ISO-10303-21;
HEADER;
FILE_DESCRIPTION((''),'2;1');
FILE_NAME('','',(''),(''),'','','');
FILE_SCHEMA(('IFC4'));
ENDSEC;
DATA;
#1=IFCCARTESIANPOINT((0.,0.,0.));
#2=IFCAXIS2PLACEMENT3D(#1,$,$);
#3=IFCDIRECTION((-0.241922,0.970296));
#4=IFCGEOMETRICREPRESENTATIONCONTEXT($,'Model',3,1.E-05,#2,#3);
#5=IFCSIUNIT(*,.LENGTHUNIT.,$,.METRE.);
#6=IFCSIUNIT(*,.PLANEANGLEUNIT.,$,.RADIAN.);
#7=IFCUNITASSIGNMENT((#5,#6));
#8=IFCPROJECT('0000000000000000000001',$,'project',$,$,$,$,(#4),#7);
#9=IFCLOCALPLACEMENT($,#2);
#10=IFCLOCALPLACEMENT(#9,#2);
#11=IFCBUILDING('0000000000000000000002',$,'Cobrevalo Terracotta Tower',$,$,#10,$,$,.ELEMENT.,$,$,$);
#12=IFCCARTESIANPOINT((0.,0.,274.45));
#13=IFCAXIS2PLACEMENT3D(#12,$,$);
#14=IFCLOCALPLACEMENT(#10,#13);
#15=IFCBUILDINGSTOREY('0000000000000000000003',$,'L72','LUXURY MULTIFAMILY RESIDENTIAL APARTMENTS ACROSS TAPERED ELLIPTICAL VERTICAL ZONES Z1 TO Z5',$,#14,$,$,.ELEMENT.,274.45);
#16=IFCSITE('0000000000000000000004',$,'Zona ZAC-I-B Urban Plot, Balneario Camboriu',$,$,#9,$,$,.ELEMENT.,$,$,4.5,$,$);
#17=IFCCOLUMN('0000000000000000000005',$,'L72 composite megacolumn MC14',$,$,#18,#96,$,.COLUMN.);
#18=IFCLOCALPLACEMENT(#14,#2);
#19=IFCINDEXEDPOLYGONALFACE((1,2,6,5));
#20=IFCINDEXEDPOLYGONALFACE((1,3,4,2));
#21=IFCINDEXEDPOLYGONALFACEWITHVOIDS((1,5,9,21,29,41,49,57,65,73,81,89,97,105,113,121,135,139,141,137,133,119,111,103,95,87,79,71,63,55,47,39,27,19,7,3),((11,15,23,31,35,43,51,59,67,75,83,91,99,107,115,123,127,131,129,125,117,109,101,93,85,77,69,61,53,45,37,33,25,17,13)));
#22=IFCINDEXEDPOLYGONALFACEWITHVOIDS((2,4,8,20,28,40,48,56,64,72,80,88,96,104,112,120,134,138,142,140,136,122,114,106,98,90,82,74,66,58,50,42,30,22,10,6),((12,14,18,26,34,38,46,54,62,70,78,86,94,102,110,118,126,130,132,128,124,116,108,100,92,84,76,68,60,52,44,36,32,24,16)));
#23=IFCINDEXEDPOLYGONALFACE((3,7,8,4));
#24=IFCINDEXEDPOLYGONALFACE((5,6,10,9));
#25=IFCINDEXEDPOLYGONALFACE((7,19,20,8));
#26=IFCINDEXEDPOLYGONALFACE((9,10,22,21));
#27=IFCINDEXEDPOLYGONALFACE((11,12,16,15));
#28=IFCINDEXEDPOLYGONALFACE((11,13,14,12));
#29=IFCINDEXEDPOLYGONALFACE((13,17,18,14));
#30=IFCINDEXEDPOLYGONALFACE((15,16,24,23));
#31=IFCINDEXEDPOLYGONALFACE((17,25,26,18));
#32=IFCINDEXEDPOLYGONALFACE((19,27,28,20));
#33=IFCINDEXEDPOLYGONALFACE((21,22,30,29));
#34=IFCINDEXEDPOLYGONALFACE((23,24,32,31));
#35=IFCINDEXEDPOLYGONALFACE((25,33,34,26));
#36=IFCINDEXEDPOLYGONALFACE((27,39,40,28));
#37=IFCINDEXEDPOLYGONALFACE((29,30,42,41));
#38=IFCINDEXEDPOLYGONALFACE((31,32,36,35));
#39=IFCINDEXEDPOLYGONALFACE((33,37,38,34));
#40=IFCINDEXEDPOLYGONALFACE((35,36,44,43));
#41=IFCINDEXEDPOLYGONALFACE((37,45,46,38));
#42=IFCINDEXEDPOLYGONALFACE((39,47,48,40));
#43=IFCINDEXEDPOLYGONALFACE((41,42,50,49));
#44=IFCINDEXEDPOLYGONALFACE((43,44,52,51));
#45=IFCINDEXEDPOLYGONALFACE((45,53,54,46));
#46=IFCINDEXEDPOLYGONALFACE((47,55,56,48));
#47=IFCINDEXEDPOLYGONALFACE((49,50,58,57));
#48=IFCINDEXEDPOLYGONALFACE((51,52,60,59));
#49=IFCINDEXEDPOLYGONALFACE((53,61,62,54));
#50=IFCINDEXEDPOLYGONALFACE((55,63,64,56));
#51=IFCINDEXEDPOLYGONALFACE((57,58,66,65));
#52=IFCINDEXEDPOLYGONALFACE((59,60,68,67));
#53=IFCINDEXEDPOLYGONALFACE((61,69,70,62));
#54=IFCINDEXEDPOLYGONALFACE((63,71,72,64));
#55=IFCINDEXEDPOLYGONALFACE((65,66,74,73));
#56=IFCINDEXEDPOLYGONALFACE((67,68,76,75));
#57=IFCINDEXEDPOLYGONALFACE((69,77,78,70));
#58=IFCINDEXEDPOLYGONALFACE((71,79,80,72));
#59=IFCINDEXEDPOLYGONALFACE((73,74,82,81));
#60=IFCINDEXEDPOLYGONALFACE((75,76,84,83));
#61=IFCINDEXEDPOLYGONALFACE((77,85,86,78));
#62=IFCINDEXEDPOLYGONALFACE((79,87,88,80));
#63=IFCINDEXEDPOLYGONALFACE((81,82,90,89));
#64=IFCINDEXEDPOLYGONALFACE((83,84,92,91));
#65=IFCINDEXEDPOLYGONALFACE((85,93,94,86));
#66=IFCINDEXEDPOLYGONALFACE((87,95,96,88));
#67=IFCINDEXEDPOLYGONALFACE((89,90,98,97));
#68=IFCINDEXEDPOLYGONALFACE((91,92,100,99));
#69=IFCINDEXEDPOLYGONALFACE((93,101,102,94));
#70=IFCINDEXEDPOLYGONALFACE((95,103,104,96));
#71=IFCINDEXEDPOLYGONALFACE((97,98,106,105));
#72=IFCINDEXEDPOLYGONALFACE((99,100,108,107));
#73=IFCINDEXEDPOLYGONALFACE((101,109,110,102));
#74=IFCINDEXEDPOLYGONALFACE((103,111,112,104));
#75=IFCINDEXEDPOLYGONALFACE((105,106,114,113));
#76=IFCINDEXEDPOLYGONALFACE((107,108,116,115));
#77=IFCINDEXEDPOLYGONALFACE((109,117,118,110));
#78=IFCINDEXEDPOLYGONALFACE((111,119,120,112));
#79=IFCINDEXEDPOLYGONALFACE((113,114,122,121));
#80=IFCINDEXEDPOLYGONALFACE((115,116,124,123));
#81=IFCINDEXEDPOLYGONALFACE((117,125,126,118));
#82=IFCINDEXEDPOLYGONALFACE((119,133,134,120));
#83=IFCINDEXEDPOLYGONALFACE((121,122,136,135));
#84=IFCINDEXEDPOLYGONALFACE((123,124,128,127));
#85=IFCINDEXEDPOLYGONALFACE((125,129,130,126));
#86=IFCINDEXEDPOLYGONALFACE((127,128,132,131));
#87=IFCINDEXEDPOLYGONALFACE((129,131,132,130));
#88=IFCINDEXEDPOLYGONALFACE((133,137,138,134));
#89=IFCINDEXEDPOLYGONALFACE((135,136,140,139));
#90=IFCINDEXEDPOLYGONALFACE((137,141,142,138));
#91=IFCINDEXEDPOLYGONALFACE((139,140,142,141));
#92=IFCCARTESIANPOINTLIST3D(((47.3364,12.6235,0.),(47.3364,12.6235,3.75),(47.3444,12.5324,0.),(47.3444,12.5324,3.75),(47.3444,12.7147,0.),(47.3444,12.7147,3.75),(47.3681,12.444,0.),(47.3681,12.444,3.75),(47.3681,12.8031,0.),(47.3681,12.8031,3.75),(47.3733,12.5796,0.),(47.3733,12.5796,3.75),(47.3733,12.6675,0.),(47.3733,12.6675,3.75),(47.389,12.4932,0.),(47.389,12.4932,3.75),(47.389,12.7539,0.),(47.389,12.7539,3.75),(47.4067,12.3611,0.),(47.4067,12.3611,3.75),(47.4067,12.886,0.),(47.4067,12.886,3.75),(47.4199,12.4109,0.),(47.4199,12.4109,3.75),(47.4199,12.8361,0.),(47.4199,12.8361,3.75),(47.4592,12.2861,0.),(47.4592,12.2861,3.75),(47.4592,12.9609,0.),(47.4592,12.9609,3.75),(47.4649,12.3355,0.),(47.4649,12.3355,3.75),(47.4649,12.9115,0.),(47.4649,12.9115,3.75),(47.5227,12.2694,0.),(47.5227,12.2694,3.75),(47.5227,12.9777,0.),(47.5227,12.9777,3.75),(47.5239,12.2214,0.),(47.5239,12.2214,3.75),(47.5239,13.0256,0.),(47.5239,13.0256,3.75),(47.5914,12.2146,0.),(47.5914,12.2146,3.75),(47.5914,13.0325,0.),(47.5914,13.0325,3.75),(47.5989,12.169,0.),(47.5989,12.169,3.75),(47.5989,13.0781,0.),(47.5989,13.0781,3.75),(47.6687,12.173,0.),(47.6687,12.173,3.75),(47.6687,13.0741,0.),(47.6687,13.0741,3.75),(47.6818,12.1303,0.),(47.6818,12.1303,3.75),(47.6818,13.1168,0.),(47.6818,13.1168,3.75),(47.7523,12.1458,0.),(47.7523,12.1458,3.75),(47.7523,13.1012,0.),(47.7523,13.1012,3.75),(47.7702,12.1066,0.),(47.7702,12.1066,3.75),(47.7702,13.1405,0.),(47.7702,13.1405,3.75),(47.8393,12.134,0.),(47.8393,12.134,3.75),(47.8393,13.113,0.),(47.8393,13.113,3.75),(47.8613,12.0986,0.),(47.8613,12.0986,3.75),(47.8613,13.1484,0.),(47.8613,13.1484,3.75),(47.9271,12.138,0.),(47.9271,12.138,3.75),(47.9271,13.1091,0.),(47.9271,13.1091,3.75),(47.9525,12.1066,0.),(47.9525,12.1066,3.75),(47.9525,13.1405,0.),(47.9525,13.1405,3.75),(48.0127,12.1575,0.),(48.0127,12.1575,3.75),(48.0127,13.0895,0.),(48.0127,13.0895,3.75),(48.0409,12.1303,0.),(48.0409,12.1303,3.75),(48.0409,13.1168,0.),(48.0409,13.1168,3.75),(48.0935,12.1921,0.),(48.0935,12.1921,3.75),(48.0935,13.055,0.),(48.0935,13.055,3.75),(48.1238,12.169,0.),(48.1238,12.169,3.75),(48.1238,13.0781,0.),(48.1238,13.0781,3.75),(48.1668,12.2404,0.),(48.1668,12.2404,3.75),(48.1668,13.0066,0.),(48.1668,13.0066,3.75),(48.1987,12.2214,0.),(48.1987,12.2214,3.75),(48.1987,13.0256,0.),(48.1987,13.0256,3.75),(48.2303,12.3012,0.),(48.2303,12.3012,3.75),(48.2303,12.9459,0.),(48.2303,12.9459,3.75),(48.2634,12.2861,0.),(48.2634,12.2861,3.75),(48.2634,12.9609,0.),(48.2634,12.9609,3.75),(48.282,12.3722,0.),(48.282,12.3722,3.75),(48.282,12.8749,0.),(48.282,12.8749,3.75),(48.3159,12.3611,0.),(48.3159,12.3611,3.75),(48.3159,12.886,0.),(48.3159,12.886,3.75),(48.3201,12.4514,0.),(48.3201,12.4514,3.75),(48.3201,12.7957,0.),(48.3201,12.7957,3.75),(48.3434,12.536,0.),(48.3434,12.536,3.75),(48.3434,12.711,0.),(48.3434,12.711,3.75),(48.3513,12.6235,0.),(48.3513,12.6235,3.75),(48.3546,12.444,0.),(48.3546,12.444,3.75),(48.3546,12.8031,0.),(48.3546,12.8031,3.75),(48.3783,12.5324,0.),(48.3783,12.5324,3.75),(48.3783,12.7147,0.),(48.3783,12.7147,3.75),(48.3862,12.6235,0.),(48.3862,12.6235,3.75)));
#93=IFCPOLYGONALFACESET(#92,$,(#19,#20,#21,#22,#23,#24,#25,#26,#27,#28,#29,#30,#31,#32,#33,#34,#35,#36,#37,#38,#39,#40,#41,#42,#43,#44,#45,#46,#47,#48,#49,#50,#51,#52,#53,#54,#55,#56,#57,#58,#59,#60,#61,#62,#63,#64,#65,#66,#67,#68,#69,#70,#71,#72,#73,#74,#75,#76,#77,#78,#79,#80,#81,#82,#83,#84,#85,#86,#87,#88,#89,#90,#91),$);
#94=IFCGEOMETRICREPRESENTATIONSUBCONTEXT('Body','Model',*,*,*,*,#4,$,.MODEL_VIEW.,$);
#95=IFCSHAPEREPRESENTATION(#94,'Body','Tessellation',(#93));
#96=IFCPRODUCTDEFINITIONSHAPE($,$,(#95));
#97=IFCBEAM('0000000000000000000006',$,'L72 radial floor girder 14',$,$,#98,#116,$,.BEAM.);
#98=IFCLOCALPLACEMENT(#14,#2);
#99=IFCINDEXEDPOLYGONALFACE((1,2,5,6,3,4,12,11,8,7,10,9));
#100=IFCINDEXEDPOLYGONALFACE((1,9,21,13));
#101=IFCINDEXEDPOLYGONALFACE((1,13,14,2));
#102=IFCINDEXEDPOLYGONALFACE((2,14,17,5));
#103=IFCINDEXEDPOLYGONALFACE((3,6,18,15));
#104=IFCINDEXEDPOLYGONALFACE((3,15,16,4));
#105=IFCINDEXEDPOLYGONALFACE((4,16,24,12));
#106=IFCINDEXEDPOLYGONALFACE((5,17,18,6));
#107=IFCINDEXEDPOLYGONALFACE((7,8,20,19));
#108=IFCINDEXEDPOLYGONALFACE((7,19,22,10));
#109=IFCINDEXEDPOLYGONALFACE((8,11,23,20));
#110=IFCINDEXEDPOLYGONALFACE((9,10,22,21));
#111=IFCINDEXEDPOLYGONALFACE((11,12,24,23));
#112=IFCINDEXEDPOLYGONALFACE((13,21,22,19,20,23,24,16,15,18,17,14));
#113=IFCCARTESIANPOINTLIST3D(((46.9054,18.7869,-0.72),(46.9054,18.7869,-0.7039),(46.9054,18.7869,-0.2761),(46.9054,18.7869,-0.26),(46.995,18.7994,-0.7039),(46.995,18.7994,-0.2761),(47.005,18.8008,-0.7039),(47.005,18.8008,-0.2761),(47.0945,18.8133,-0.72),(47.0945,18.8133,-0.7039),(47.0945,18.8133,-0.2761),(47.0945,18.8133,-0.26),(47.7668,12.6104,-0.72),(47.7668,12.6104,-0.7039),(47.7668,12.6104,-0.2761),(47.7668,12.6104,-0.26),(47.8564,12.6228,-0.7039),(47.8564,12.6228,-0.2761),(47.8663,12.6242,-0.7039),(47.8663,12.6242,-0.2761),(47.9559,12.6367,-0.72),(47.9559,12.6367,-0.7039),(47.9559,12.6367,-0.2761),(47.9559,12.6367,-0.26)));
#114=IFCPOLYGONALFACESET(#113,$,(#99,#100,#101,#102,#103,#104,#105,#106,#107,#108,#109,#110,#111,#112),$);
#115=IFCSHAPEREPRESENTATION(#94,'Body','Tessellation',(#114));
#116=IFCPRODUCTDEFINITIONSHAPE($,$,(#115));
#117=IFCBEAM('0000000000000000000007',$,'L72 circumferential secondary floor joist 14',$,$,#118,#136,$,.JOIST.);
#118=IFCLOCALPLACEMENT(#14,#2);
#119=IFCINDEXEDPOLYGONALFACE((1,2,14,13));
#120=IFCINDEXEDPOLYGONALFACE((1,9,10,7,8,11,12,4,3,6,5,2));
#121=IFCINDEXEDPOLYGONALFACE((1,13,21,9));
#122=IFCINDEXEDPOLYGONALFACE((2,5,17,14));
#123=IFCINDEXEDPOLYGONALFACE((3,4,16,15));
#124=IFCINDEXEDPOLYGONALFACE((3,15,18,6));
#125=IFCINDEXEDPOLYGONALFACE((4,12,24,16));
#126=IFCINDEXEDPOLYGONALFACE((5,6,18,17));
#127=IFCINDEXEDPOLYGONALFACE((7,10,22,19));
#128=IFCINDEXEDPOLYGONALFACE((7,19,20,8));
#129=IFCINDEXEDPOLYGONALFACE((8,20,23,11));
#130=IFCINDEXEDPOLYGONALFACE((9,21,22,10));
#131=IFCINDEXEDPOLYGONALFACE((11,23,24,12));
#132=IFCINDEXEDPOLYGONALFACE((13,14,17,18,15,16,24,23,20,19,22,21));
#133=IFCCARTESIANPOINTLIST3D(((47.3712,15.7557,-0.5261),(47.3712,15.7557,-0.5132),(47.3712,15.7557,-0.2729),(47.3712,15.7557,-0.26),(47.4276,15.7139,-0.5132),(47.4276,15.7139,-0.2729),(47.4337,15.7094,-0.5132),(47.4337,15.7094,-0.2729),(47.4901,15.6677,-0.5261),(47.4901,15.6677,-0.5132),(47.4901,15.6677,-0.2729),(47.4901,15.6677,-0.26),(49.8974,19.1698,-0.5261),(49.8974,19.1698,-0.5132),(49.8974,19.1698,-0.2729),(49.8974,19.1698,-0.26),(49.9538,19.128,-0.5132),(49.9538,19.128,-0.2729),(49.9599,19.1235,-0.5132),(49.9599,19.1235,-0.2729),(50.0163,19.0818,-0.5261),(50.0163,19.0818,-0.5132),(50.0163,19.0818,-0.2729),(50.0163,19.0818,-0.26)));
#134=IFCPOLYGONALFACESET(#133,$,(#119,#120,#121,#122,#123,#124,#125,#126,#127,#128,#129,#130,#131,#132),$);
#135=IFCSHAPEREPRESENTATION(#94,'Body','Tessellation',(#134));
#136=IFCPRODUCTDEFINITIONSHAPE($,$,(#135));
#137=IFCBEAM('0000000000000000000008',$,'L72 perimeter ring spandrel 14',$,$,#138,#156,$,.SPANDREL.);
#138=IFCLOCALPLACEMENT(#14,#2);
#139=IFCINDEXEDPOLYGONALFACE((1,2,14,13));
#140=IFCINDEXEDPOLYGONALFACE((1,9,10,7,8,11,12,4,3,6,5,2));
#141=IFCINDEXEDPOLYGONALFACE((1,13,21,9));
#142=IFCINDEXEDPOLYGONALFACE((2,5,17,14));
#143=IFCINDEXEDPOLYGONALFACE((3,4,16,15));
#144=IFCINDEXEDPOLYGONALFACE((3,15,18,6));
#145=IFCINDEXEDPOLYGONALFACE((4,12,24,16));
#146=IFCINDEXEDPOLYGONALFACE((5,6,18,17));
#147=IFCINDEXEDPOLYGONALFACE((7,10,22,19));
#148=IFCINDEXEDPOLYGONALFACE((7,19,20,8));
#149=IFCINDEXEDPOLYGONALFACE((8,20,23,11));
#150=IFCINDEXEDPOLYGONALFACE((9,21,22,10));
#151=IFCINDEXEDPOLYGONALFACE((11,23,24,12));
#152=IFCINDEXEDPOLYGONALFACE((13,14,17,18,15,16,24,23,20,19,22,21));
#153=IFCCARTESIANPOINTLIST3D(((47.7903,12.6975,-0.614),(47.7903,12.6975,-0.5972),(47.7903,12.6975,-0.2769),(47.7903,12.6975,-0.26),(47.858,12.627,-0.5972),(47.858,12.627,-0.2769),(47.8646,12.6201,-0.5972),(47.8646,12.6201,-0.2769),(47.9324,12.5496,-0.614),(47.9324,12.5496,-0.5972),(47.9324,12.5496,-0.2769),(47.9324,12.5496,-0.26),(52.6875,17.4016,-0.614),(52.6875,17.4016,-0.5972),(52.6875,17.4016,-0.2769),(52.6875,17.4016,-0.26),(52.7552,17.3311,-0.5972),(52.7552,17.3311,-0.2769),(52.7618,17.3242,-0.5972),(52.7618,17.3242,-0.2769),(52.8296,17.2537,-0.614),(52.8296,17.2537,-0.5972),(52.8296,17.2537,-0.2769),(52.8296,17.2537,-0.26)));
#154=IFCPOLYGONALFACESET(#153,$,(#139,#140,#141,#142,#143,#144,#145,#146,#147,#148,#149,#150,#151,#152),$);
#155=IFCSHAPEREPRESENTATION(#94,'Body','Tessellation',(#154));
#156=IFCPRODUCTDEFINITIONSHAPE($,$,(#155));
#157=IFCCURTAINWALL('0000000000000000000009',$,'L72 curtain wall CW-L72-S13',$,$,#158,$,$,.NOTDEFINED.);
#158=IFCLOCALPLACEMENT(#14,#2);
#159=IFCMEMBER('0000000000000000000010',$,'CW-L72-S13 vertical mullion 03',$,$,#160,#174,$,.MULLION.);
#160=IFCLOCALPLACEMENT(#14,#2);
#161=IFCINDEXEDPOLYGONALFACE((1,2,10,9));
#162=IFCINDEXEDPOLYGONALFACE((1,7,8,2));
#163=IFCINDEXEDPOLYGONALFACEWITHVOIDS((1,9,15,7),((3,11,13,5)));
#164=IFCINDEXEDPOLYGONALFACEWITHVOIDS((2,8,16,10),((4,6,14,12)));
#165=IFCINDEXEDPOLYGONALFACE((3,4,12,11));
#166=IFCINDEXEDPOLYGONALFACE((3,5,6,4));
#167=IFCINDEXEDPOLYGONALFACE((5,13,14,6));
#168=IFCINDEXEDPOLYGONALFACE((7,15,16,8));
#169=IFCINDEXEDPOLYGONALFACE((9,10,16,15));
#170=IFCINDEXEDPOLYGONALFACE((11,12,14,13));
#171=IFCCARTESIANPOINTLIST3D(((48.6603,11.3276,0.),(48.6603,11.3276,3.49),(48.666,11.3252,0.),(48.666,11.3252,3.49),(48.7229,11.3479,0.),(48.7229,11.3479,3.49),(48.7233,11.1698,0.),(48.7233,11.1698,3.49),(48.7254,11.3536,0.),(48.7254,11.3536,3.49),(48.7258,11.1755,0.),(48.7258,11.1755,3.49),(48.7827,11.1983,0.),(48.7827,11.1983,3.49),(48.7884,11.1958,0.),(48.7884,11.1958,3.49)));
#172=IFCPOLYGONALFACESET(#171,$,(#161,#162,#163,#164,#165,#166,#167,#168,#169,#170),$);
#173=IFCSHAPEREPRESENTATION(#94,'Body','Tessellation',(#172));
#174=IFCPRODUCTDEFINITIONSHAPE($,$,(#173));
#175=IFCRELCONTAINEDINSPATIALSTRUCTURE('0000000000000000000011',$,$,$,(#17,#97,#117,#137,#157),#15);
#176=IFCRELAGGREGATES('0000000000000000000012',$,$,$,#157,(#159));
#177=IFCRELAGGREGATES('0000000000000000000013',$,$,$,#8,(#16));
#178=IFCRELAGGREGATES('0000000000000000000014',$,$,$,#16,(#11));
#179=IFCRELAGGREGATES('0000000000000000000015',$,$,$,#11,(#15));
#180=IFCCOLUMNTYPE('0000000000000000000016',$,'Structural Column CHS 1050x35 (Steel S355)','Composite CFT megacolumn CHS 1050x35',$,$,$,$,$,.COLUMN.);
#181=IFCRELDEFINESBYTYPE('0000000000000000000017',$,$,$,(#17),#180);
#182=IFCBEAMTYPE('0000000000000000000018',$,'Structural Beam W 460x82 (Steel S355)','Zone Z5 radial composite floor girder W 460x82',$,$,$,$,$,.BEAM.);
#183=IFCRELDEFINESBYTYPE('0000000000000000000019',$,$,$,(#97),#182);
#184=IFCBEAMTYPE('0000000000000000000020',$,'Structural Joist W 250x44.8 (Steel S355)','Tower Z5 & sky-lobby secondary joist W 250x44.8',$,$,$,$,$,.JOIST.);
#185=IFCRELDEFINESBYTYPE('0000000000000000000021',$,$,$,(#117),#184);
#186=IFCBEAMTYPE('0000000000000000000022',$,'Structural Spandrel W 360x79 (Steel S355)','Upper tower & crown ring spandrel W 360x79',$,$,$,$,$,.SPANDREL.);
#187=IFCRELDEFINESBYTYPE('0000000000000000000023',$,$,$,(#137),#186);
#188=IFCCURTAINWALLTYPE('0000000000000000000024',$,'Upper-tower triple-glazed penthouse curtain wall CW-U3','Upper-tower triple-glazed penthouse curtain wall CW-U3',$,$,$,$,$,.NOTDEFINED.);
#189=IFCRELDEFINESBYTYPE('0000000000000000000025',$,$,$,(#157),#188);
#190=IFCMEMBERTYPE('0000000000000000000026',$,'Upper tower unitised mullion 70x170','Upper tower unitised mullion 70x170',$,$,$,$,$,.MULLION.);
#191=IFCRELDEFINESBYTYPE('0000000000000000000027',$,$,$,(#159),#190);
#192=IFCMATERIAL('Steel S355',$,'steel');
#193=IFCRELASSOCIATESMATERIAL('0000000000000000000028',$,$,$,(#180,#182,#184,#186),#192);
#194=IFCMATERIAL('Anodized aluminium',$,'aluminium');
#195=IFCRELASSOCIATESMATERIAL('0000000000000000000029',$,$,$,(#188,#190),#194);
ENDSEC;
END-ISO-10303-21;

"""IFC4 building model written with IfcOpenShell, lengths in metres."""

from ifc_helpers import new_model, si_unit, direction, frame, origin, origin_2d, place, context, subcontext, project, spatial, hollow_rectangle, hollow_circle, i_section, extrude, source, transform, mapped, material, material_profile, profile_set, type_object, element, aggregate, save


model = new_model("IFC4")

# Units and contexts
model_context = context("Model", 3, precision=1e-05, world=origin(), true_north=direction((-0.241922, 0.970296)))
body_context = subcontext(model_context, "Body", "Model", "MODEL_VIEW")
ifc_project = project(units=[si_unit("LENGTHUNIT", "METRE"), si_unit("PLANEANGLEUNIT", "RADIAN")], contexts=[model_context])

# Site, building, storey
site_placement = place(None, origin())
site = spatial("IfcSite", under=ifc_project, at=site_placement, Name="Zona ZAC-I-B Urban Plot, Balneario Camboriu", CompositionType="ELEMENT", RefElevation=4.5)
building_placement = place(site_placement, origin())
building = spatial("IfcBuilding", under=site, at=building_placement, Name="Cobrevalo Terracotta Tower", CompositionType="ELEMENT")
storey_placement = place(building_placement, frame((0.0, 0.0, 274.45)))
storey = spatial("IfcBuildingStorey", under=building, at=storey_placement, Name="L72", Description="LUXURY MULTIFAMILY RESIDENTIAL APARTMENTS ACROSS TAPERED ELLIPTICAL VERTICAL ZONES Z1 TO Z5", CompositionType="ELEMENT", Elevation=274.45)

# Column
ifc_material_1 = material(Name="Steel S355", Category="steel")
ifc_material_profile_1 = material_profile(ifc_material_1, hollow_circle(Radius=0.5249, WallThickness=0.0349, at=origin_2d()), Name="CHS 1050x35")
ifc_profile_set_1 = profile_set([ifc_material_profile_1], Name="Steel S355")
column_type = type_object("IfcColumnType", Name="Structural Column CHS 1050x35 (Steel S355)", Description="Composite CFT megacolumn CHS 1050x35", PredefinedType="COLUMN", material=ifc_profile_set_1)
column_placement = place(storey_placement, frame((47.8613, 12.6235, 0.0), z_axis=(0.0, 0.0, 1.0), x_axis=(1.0, 0.0, 0.0)))
element("IfcColumn", 1, at=column_placement, inside=storey, type_object=column_type, Name="L72 composite megacolumn MC14", PredefinedType="COLUMN", context=body_context, shape_type="SweptSolid", body=[
    extrude(hollow_circle(Radius=0.5249, WallThickness=0.0349, at=origin_2d()), origin(), (0.0, 0.0, 1.0), 3.75),
])

# Beams
ifc_material_profile_2 = material_profile(ifc_material_1, i_section(OverallWidth=0.1909, OverallDepth=0.46, WebThickness=0.01, FlangeThickness=0.0161, at=origin_2d()), Name="W 460x82")
ifc_profile_set_2 = profile_set([ifc_material_profile_2], Name="Steel S355")
beam_type_1 = type_object("IfcBeamType", Name="Structural Beam W 460x82 (Steel S355)", Description="Zone Z5 radial composite floor girder W 460x82", PredefinedType="BEAM", material=ifc_profile_set_2)
beam_1_placement = place(storey_placement, frame((47.8613, 12.6235, -0.49), z_axis=(-0.138116, 0.990416, 0.0), x_axis=(-0.990416, -0.138116, 0.0)))
element("IfcBeam", 2, at=beam_1_placement, inside=storey, type_object=beam_type_1, Name="L72 radial floor girder 14", PredefinedType="BEAM", context=body_context, shape_type="SweptSolid", body=[
    extrude(i_section(OverallWidth=0.1909, OverallDepth=0.46, WebThickness=0.01, FlangeThickness=0.0161, at=origin_2d()), origin(), (0.0, 0.0, 1.0), 6.2363),
])
ifc_material_profile_3 = material_profile(ifc_material_1, i_section(OverallWidth=0.1479, OverallDepth=0.2661, WebThickness=0.0076, FlangeThickness=0.0129, at=origin_2d()), Name="W 250x44.8")
ifc_profile_set_3 = profile_set([ifc_material_profile_3], Name="Steel S355")
beam_type_2 = type_object("IfcBeamType", Name="Structural Joist W 250x44.8 (Steel S355)", Description="Tower Z5 & sky-lobby secondary joist W 250x44.8", PredefinedType="JOIST", material=ifc_profile_set_3)
beam_2_placement = place(storey_placement, frame((47.4307, 15.7117, -0.3931), z_axis=(0.5948, 0.803874, 0.0), x_axis=(-0.803874, 0.5948, 0.0)))
element("IfcBeam", 3, at=beam_2_placement, inside=storey, type_object=beam_type_2, Name="L72 circumferential secondary floor joist 14", PredefinedType="JOIST", context=body_context, shape_type="SweptSolid", body=[
    extrude(i_section(OverallWidth=0.1479, OverallDepth=0.2661, WebThickness=0.0076, FlangeThickness=0.0129, at=origin_2d()), origin(), (0.0, 0.0, 1.0), 4.2471),
])
ifc_material_profile_4 = material_profile(ifc_material_1, i_section(OverallWidth=0.2051, OverallDepth=0.354, WebThickness=0.0095, FlangeThickness=0.0168, at=origin_2d()), Name="W 360x79")
ifc_profile_set_4 = profile_set([ifc_material_profile_4], Name="Steel S355")
beam_type_3 = type_object("IfcBeamType", Name="Structural Spandrel W 360x79 (Steel S355)", Description="Upper tower & crown ring spandrel W 360x79", PredefinedType="SPANDREL", material=ifc_profile_set_4)
beam_3_placement = place(storey_placement, frame((47.8613, 12.6235, -0.437), z_axis=(0.721183, 0.692744, 0.0), x_axis=(-0.692744, 0.721183, 0.0)))
element("IfcBeam", 4, at=beam_3_placement, inside=storey, type_object=beam_type_3, Name="L72 perimeter ring spandrel 14", PredefinedType="SPANDREL", context=body_context, shape_type="SweptSolid", body=[
    extrude(i_section(OverallWidth=0.2051, OverallDepth=0.354, WebThickness=0.0095, FlangeThickness=0.0168, at=origin_2d()), origin(), (0.0, 0.0, 1.0), 6.7905),
])

# Curtain wall, member
ifc_material_2 = material(Name="Anodized aluminium", Category="aluminium")
curtain_wall_type = type_object("IfcCurtainWallType", Name="Upper-tower triple-glazed penthouse curtain wall CW-U3", Description="Upper-tower triple-glazed penthouse curtain wall CW-U3", PredefinedType="NOTDEFINED", material=ifc_material_2)
curtain_wall_1_placement = place(storey_placement, origin())
curtain_wall_1 = element("IfcCurtainWall", 5, at=curtain_wall_1_placement, inside=storey, type_object=curtain_wall_type, Name="L72 curtain wall CW-L72-S13", PredefinedType="NOTDEFINED")
ifc_material_profile_5 = material_profile(ifc_material_2, hollow_rectangle(XDim=0.0701, YDim=0.1699, WallThickness=0.0044, at=origin_2d()), Name="CWM 70x170")
ifc_profile_set_5 = profile_set([ifc_material_profile_5], Name="Anodized aluminium")
member_type_1 = type_object("IfcMemberType", Name="Upper tower unitised mullion 70x170", Description="Upper tower unitised mullion 70x170", PredefinedType="MULLION", material=ifc_profile_set_5)
shared_shape_1 = source(origin(), body_context, "Body", "SweptSolid", [
    extrude(hollow_rectangle(XDim=0.0701, YDim=0.1699, WallThickness=0.0044, at=origin_2d()), origin(), (0.0, 0.0, 1.0), 3.49),
])
member_1_placement = place(storey_placement, frame((48.7244, 11.2617, 0.0), z_axis=(0.0, 0.0, 1.0), x_axis=(0.928719, 0.370784, 0.0)))
member_1 = element("IfcMember", 6, at=member_1_placement, type_object=member_type_1, Name="CW-L72-S13 vertical mullion 03", PredefinedType="MULLION", context=body_context, shape_type="MappedRepresentation", body=[
    mapped(shared_shape_1, transform((0.0, 0.0, 0.0), scale=1.0)),
])

aggregate(curtain_wall_1, [member_1])

save(model, "model.ifc")
